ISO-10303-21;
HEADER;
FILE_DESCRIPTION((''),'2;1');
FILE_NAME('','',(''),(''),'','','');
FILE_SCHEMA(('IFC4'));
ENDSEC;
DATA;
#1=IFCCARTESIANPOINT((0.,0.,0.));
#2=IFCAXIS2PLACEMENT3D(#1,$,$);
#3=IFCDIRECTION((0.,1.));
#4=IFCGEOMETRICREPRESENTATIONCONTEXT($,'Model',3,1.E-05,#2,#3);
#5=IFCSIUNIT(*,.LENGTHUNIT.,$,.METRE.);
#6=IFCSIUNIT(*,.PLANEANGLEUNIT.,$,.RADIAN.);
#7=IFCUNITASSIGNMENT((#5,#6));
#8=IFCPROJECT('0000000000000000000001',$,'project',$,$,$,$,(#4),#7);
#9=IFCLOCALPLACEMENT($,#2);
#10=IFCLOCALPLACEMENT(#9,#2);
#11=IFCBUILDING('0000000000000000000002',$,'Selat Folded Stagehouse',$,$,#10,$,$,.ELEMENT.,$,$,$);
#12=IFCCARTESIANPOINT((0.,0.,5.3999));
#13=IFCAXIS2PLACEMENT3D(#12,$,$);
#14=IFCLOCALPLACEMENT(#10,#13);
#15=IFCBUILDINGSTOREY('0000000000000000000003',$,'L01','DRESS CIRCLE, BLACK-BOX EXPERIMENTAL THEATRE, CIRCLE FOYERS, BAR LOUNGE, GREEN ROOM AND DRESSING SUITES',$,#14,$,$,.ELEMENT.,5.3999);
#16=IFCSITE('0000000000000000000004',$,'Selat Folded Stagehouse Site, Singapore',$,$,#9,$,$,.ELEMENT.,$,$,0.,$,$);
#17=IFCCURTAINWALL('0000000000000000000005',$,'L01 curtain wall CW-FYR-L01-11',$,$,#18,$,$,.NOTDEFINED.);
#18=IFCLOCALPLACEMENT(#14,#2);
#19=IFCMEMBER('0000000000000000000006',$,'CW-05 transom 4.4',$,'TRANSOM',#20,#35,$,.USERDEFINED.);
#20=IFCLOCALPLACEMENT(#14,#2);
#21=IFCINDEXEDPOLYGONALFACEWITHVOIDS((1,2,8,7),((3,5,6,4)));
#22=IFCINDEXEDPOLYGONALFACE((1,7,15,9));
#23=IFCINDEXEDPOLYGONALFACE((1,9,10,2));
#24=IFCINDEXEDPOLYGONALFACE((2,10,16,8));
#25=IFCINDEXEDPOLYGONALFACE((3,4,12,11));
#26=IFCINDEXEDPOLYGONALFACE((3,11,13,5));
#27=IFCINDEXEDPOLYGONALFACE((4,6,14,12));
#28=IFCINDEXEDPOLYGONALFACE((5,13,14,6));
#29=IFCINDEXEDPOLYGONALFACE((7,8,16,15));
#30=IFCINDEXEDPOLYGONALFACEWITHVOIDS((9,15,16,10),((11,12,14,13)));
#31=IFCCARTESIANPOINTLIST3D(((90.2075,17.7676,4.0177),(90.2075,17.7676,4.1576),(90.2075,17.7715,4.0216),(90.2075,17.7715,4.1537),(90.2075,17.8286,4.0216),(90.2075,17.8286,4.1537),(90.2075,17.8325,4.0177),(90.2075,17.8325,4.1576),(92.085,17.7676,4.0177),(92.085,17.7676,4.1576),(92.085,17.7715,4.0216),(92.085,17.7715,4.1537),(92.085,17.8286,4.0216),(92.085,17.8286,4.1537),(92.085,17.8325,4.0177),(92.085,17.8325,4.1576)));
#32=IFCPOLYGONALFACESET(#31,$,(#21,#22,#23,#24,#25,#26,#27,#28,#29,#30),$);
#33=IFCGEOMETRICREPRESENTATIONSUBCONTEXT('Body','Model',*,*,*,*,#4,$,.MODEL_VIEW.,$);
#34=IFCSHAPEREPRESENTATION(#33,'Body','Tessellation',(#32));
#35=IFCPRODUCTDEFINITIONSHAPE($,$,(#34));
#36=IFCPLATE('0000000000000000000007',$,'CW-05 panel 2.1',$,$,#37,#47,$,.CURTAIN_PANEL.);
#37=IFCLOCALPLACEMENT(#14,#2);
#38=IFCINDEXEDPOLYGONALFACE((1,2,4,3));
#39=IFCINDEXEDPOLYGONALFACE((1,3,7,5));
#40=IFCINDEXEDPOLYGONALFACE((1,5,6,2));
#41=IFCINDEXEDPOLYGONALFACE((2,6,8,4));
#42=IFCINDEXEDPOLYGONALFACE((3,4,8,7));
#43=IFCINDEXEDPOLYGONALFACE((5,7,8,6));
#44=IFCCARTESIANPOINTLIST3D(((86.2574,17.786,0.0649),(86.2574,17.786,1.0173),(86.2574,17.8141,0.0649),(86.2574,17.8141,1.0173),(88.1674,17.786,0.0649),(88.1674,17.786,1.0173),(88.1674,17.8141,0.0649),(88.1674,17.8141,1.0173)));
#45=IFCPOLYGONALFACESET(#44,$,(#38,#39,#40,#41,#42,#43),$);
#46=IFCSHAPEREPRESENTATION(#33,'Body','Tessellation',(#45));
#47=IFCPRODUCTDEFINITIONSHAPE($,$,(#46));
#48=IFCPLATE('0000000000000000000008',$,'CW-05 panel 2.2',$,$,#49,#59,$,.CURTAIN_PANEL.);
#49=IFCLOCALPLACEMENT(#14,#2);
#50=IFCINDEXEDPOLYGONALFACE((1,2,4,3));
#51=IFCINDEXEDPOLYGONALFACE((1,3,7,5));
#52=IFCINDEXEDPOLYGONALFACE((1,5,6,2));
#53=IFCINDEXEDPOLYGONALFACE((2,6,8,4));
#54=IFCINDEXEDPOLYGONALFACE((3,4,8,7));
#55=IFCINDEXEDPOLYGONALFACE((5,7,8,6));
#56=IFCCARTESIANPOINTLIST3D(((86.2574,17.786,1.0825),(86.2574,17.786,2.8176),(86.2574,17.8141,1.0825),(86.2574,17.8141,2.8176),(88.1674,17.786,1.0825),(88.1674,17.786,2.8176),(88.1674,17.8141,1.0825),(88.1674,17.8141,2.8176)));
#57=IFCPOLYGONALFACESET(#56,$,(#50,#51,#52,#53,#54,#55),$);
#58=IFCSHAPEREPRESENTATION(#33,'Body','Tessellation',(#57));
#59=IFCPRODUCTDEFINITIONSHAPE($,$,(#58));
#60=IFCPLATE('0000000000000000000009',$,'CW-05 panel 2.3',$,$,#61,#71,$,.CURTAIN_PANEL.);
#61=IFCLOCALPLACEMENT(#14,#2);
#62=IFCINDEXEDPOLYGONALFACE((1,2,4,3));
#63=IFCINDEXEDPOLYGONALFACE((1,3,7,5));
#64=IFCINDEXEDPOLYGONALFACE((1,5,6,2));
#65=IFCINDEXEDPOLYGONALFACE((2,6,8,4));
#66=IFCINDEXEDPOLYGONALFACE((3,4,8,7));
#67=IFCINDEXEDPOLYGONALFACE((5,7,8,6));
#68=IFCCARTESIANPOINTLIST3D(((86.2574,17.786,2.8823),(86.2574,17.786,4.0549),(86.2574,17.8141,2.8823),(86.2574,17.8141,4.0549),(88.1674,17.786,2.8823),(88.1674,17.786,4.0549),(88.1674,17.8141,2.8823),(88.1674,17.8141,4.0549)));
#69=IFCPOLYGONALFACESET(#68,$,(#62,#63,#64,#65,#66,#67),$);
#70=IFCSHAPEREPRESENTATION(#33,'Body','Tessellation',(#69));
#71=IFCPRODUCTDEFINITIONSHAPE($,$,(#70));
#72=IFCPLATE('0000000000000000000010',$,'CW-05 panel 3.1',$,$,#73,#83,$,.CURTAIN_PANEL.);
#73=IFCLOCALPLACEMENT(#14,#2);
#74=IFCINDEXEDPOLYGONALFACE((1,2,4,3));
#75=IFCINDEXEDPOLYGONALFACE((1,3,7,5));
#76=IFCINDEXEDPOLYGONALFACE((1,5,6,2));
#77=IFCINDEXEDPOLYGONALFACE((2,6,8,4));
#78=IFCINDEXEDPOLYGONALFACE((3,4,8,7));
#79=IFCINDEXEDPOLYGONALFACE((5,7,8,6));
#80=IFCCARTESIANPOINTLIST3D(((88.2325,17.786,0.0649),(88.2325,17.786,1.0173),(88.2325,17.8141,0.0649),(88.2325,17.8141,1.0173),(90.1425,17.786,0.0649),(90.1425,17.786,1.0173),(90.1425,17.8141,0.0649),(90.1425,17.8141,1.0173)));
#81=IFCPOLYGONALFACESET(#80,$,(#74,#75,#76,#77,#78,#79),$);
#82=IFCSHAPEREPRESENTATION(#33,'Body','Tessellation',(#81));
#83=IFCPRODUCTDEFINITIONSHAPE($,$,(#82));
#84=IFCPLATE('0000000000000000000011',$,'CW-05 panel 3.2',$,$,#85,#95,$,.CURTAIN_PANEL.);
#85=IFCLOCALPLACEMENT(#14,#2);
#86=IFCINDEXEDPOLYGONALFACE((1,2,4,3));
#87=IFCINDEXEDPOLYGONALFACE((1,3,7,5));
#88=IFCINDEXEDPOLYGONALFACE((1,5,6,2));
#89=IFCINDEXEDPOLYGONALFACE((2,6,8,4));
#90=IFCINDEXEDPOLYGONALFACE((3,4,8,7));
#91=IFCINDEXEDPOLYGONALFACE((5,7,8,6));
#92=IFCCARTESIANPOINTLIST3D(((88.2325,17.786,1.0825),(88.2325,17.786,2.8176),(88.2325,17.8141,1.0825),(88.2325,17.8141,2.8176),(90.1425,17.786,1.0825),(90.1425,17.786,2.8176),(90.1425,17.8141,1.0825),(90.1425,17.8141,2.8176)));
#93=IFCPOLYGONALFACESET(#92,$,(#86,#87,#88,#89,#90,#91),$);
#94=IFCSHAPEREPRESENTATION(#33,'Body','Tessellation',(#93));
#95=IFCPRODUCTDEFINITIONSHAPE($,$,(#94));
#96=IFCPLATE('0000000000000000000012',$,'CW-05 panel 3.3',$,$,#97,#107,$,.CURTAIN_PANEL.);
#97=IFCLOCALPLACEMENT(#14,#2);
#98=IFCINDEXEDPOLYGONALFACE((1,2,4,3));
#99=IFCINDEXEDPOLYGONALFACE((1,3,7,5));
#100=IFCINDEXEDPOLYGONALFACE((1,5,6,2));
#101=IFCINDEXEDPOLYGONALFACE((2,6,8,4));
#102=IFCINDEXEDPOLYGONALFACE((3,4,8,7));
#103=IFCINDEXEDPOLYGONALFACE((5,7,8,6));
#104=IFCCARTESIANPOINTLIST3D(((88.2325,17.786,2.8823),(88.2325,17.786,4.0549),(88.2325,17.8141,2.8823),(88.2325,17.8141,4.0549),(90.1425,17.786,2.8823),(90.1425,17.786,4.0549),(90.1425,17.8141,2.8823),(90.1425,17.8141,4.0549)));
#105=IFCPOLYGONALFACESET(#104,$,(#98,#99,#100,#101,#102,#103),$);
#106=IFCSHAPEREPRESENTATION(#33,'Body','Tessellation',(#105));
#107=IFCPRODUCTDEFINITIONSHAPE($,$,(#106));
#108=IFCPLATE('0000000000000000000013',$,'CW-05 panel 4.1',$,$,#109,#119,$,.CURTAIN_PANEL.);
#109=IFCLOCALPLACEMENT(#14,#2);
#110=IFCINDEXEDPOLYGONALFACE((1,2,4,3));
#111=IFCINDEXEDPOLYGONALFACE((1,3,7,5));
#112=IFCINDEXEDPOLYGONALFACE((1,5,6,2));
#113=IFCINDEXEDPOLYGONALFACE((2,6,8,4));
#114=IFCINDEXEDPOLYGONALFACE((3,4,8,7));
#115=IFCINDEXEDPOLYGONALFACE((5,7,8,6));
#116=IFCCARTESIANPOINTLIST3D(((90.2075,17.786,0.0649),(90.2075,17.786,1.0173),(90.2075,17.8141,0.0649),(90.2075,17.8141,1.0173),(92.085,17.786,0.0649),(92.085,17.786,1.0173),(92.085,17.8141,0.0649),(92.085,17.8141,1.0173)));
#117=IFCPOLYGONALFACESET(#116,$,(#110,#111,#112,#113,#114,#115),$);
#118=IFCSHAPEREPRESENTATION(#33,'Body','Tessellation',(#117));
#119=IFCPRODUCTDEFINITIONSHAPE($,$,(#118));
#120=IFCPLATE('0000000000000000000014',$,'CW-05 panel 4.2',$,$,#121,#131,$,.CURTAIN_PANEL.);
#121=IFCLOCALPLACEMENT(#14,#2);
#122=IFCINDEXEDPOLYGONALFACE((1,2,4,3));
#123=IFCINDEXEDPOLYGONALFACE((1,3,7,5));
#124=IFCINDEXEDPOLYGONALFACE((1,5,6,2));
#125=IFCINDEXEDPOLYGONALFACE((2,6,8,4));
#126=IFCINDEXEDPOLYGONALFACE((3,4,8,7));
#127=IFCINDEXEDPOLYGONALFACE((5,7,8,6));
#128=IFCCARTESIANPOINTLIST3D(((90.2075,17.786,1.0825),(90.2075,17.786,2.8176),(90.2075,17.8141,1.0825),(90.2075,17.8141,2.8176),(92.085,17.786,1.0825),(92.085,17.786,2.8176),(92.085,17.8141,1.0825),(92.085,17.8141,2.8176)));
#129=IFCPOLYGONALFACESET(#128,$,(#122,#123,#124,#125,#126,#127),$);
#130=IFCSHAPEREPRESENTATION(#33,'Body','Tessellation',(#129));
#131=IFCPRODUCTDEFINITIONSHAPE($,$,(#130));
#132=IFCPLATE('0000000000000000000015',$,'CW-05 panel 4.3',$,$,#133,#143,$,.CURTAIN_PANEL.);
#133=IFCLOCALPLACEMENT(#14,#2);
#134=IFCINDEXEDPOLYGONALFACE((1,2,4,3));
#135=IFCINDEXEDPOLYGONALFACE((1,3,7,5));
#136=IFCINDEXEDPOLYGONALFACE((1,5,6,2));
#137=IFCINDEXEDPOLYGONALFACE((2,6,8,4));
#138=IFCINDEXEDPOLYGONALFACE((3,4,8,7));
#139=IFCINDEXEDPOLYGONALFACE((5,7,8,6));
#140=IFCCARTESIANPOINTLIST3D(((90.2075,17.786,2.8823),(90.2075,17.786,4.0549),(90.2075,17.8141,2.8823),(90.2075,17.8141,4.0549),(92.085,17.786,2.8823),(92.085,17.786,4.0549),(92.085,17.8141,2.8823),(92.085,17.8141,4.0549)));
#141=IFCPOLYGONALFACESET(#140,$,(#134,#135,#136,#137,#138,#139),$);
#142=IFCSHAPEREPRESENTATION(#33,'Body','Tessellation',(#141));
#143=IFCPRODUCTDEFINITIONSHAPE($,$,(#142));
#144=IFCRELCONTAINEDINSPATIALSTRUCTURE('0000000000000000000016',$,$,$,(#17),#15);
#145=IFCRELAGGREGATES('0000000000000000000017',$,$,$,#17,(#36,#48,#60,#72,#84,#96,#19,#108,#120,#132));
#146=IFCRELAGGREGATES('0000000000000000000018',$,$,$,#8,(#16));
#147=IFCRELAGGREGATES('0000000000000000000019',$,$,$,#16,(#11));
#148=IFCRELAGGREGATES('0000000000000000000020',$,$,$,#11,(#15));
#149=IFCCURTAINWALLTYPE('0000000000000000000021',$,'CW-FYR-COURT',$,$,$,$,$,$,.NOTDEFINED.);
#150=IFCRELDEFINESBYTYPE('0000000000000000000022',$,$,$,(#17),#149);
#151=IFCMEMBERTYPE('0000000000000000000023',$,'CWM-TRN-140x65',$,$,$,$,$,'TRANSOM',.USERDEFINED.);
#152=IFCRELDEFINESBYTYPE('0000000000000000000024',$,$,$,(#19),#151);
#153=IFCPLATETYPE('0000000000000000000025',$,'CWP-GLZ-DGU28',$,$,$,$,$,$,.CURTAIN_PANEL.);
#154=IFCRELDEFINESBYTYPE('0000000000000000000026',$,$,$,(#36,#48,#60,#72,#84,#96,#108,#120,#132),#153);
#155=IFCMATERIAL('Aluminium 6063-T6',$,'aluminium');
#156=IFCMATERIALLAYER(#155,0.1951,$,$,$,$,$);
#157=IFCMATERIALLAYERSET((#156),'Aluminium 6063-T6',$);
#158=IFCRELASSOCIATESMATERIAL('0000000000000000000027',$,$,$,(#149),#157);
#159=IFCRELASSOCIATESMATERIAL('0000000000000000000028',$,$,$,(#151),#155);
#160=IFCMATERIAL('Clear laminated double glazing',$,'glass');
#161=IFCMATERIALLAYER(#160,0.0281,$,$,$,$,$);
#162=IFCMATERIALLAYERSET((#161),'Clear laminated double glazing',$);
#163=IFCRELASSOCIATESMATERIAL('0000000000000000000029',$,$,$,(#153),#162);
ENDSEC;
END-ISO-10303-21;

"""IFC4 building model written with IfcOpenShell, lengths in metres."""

from ifc_helpers import new_model, si_unit, direction, frame, origin, origin_2d, place, context, subcontext, project, spatial, rectangle, hollow_rectangle, extrude, material, layer, layer_set, material_profile, profile_set, type_object, element, aggregate, save


model = new_model("IFC4")

# Units and contexts
model_context = context("Model", 3, precision=1e-05, world=origin(), true_north=direction((0.0, 1.0)))
body_context = subcontext(model_context, "Body", "Model", "MODEL_VIEW")
ifc_project = project(units=[si_unit("LENGTHUNIT", "METRE"), si_unit("PLANEANGLEUNIT", "RADIAN")], contexts=[model_context])

# Site, building, storey
site_placement = place(None, origin())
site = spatial("IfcSite", under=ifc_project, at=site_placement, Name="Selat Folded Stagehouse Site, Singapore", CompositionType="ELEMENT", RefElevation=0.0)
building_placement = place(site_placement, origin())
building = spatial("IfcBuilding", under=site, at=building_placement, Name="Selat Folded Stagehouse", CompositionType="ELEMENT")
storey_placement = place(building_placement, frame((0.0, 0.0, 5.3999)))
storey = spatial("IfcBuildingStorey", under=building, at=storey_placement, Name="L01", Description="DRESS CIRCLE, BLACK-BOX EXPERIMENTAL THEATRE, CIRCLE FOYERS, BAR LOUNGE, GREEN ROOM AND DRESSING SUITES", CompositionType="ELEMENT", Elevation=5.3999)

# Curtain wall, member, plates
ifc_material_1 = material(Name="Aluminium 6063-T6", Category="aluminium")
ifc_layer_1 = layer(ifc_material_1, 0.1951)
ifc_layer_set_1 = layer_set([ifc_layer_1], Name="Aluminium 6063-T6")
curtain_wall_type = type_object("IfcCurtainWallType", Name="CW-FYR-COURT", PredefinedType="NOTDEFINED", material=ifc_layer_set_1)
curtain_wall_placement = place(storey_placement, origin())
curtain_wall = element("IfcCurtainWall", 1, at=curtain_wall_placement, inside=storey, type_object=curtain_wall_type, Name="L01 curtain wall CW-FYR-L01-11", PredefinedType="NOTDEFINED")
ifc_material_profile_1 = material_profile(ifc_material_1, hollow_rectangle(XDim=0.0649, YDim=0.1399, WallThickness=0.0039, at=origin_2d()), Name="ALU 140x65x4.0")
ifc_profile_set_1 = profile_set([ifc_material_profile_1], Name="Aluminium 6063-T6")
member_type_1 = type_object("IfcMemberType", Name="CWM-TRN-140x65", ElementType="TRANSOM", PredefinedType="USERDEFINED", material=ifc_profile_set_1)
member_1_placement = place(storey_placement, frame((90.2075, 17.8, 4.0876), z_axis=(1.0, 0.0, 0.0), x_axis=(0.0, 1.0, 0.0)))
member_1 = element("IfcMember", 2, at=member_1_placement, type_object=member_type_1, Name="CW-05 transom 4.4", ObjectType="TRANSOM", PredefinedType="USERDEFINED", context=body_context, shape_type="SweptSolid", body=[
    extrude(hollow_rectangle(XDim=0.0649, YDim=0.1399, WallThickness=0.0039, at=origin_2d()), origin(), (0.0, 0.0, 1.0), 1.8774),
])
ifc_material_2 = material(Name="Clear laminated double glazing", Category="glass")
ifc_layer_2 = layer(ifc_material_2, 0.0281)
ifc_layer_set_2 = layer_set([ifc_layer_2], Name="Clear laminated double glazing")
plate_type = type_object("IfcPlateType", Name="CWP-GLZ-DGU28", PredefinedType="CURTAIN_PANEL", material=ifc_layer_set_2)
plate_1_placement = place(storey_placement, frame((87.2124, 17.8, 0.0649), z_axis=(0.0, 0.0, 1.0), x_axis=(1.0, 0.0, 0.0)))
plate_1 = element("IfcPlate", 3, at=plate_1_placement, type_object=plate_type, Name="CW-05 panel 2.1", PredefinedType="CURTAIN_PANEL", context=body_context, shape_type="SweptSolid", body=[
    extrude(rectangle(XDim=1.9099, YDim=0.0281, at=origin_2d()), origin(), (0.0, 0.0, 1.0), 0.9524),
])
plate_2_placement = place(storey_placement, frame((87.2124, 17.8, 1.0825), z_axis=(0.0, 0.0, 1.0), x_axis=(1.0, 0.0, 0.0)))
plate_2 = element("IfcPlate", 4, at=plate_2_placement, type_object=plate_type, Name="CW-05 panel 2.2", PredefinedType="CURTAIN_PANEL", context=body_context, shape_type="SweptSolid", body=[
    extrude(rectangle(XDim=1.9099, YDim=0.0281, at=origin_2d()), origin(), (0.0, 0.0, 1.0), 1.7351),
])
plate_3_placement = place(storey_placement, frame((87.2124, 17.8, 2.8823), z_axis=(0.0, 0.0, 1.0), x_axis=(1.0, 0.0, 0.0)))
plate_3 = element("IfcPlate", 5, at=plate_3_placement, type_object=plate_type, Name="CW-05 panel 2.3", PredefinedType="CURTAIN_PANEL", context=body_context, shape_type="SweptSolid", body=[
    extrude(rectangle(XDim=1.9099, YDim=0.0281, at=origin_2d()), origin(), (0.0, 0.0, 1.0), 1.1726),
])
plate_4_placement = place(storey_placement, frame((89.1875, 17.8, 0.0649), z_axis=(0.0, 0.0, 1.0), x_axis=(1.0, 0.0, 0.0)))
plate_4 = element("IfcPlate", 6, at=plate_4_placement, type_object=plate_type, Name="CW-05 panel 3.1", PredefinedType="CURTAIN_PANEL", context=body_context, shape_type="SweptSolid", body=[
    extrude(rectangle(XDim=1.9099, YDim=0.0281, at=origin_2d()), origin(), (0.0, 0.0, 1.0), 0.9524),
])
plate_5_placement = place(storey_placement, frame((89.1875, 17.8, 1.0825), z_axis=(0.0, 0.0, 1.0), x_axis=(1.0, 0.0, 0.0)))
plate_5 = element("IfcPlate", 7, at=plate_5_placement, type_object=plate_type, Name="CW-05 panel 3.2", PredefinedType="CURTAIN_PANEL", context=body_context, shape_type="SweptSolid", body=[
    extrude(rectangle(XDim=1.9099, YDim=0.0281, at=origin_2d()), origin(), (0.0, 0.0, 1.0), 1.7351),
])
plate_6_placement = place(storey_placement, frame((89.1875, 17.8, 2.8823), z_axis=(0.0, 0.0, 1.0), x_axis=(1.0, 0.0, 0.0)))
plate_6 = element("IfcPlate", 8, at=plate_6_placement, type_object=plate_type, Name="CW-05 panel 3.3", PredefinedType="CURTAIN_PANEL", context=body_context, shape_type="SweptSolid", body=[
    extrude(rectangle(XDim=1.9099, YDim=0.0281, at=origin_2d()), origin(), (0.0, 0.0, 1.0), 1.1726),
])
plate_7_placement = place(storey_placement, frame((91.1462, 17.8, 0.0649), z_axis=(0.0, 0.0, 1.0), x_axis=(1.0, 0.0, 0.0)))
plate_7 = element("IfcPlate", 9, at=plate_7_placement, type_object=plate_type, Name="CW-05 panel 4.1", PredefinedType="CURTAIN_PANEL", context=body_context, shape_type="SweptSolid", body=[
    extrude(rectangle(XDim=1.8774, YDim=0.0281, at=origin_2d()), origin(), (0.0, 0.0, 1.0), 0.9524),
])
plate_8_placement = place(storey_placement, frame((91.1462, 17.8, 1.0825), z_axis=(0.0, 0.0, 1.0), x_axis=(1.0, 0.0, 0.0)))
plate_8 = element("IfcPlate", 10, at=plate_8_placement, type_object=plate_type, Name="CW-05 panel 4.2", PredefinedType="CURTAIN_PANEL", context=body_context, shape_type="SweptSolid", body=[
    extrude(rectangle(XDim=1.8774, YDim=0.0281, at=origin_2d()), origin(), (0.0, 0.0, 1.0), 1.7351),
])
plate_9_placement = place(storey_placement, frame((91.1462, 17.8, 2.8823), z_axis=(0.0, 0.0, 1.0), x_axis=(1.0, 0.0, 0.0)))
plate_9 = element("IfcPlate", 11, at=plate_9_placement, type_object=plate_type, Name="CW-05 panel 4.3", PredefinedType="CURTAIN_PANEL", context=body_context, shape_type="SweptSolid", body=[
    extrude(rectangle(XDim=1.8774, YDim=0.0281, at=origin_2d()), origin(), (0.0, 0.0, 1.0), 1.1726),
])
aggregate(curtain_wall, [plate_1, plate_2, plate_3, plate_4, plate_5, plate_6, member_1, plate_7, plate_8, plate_9])

save(model, "model.ifc")
